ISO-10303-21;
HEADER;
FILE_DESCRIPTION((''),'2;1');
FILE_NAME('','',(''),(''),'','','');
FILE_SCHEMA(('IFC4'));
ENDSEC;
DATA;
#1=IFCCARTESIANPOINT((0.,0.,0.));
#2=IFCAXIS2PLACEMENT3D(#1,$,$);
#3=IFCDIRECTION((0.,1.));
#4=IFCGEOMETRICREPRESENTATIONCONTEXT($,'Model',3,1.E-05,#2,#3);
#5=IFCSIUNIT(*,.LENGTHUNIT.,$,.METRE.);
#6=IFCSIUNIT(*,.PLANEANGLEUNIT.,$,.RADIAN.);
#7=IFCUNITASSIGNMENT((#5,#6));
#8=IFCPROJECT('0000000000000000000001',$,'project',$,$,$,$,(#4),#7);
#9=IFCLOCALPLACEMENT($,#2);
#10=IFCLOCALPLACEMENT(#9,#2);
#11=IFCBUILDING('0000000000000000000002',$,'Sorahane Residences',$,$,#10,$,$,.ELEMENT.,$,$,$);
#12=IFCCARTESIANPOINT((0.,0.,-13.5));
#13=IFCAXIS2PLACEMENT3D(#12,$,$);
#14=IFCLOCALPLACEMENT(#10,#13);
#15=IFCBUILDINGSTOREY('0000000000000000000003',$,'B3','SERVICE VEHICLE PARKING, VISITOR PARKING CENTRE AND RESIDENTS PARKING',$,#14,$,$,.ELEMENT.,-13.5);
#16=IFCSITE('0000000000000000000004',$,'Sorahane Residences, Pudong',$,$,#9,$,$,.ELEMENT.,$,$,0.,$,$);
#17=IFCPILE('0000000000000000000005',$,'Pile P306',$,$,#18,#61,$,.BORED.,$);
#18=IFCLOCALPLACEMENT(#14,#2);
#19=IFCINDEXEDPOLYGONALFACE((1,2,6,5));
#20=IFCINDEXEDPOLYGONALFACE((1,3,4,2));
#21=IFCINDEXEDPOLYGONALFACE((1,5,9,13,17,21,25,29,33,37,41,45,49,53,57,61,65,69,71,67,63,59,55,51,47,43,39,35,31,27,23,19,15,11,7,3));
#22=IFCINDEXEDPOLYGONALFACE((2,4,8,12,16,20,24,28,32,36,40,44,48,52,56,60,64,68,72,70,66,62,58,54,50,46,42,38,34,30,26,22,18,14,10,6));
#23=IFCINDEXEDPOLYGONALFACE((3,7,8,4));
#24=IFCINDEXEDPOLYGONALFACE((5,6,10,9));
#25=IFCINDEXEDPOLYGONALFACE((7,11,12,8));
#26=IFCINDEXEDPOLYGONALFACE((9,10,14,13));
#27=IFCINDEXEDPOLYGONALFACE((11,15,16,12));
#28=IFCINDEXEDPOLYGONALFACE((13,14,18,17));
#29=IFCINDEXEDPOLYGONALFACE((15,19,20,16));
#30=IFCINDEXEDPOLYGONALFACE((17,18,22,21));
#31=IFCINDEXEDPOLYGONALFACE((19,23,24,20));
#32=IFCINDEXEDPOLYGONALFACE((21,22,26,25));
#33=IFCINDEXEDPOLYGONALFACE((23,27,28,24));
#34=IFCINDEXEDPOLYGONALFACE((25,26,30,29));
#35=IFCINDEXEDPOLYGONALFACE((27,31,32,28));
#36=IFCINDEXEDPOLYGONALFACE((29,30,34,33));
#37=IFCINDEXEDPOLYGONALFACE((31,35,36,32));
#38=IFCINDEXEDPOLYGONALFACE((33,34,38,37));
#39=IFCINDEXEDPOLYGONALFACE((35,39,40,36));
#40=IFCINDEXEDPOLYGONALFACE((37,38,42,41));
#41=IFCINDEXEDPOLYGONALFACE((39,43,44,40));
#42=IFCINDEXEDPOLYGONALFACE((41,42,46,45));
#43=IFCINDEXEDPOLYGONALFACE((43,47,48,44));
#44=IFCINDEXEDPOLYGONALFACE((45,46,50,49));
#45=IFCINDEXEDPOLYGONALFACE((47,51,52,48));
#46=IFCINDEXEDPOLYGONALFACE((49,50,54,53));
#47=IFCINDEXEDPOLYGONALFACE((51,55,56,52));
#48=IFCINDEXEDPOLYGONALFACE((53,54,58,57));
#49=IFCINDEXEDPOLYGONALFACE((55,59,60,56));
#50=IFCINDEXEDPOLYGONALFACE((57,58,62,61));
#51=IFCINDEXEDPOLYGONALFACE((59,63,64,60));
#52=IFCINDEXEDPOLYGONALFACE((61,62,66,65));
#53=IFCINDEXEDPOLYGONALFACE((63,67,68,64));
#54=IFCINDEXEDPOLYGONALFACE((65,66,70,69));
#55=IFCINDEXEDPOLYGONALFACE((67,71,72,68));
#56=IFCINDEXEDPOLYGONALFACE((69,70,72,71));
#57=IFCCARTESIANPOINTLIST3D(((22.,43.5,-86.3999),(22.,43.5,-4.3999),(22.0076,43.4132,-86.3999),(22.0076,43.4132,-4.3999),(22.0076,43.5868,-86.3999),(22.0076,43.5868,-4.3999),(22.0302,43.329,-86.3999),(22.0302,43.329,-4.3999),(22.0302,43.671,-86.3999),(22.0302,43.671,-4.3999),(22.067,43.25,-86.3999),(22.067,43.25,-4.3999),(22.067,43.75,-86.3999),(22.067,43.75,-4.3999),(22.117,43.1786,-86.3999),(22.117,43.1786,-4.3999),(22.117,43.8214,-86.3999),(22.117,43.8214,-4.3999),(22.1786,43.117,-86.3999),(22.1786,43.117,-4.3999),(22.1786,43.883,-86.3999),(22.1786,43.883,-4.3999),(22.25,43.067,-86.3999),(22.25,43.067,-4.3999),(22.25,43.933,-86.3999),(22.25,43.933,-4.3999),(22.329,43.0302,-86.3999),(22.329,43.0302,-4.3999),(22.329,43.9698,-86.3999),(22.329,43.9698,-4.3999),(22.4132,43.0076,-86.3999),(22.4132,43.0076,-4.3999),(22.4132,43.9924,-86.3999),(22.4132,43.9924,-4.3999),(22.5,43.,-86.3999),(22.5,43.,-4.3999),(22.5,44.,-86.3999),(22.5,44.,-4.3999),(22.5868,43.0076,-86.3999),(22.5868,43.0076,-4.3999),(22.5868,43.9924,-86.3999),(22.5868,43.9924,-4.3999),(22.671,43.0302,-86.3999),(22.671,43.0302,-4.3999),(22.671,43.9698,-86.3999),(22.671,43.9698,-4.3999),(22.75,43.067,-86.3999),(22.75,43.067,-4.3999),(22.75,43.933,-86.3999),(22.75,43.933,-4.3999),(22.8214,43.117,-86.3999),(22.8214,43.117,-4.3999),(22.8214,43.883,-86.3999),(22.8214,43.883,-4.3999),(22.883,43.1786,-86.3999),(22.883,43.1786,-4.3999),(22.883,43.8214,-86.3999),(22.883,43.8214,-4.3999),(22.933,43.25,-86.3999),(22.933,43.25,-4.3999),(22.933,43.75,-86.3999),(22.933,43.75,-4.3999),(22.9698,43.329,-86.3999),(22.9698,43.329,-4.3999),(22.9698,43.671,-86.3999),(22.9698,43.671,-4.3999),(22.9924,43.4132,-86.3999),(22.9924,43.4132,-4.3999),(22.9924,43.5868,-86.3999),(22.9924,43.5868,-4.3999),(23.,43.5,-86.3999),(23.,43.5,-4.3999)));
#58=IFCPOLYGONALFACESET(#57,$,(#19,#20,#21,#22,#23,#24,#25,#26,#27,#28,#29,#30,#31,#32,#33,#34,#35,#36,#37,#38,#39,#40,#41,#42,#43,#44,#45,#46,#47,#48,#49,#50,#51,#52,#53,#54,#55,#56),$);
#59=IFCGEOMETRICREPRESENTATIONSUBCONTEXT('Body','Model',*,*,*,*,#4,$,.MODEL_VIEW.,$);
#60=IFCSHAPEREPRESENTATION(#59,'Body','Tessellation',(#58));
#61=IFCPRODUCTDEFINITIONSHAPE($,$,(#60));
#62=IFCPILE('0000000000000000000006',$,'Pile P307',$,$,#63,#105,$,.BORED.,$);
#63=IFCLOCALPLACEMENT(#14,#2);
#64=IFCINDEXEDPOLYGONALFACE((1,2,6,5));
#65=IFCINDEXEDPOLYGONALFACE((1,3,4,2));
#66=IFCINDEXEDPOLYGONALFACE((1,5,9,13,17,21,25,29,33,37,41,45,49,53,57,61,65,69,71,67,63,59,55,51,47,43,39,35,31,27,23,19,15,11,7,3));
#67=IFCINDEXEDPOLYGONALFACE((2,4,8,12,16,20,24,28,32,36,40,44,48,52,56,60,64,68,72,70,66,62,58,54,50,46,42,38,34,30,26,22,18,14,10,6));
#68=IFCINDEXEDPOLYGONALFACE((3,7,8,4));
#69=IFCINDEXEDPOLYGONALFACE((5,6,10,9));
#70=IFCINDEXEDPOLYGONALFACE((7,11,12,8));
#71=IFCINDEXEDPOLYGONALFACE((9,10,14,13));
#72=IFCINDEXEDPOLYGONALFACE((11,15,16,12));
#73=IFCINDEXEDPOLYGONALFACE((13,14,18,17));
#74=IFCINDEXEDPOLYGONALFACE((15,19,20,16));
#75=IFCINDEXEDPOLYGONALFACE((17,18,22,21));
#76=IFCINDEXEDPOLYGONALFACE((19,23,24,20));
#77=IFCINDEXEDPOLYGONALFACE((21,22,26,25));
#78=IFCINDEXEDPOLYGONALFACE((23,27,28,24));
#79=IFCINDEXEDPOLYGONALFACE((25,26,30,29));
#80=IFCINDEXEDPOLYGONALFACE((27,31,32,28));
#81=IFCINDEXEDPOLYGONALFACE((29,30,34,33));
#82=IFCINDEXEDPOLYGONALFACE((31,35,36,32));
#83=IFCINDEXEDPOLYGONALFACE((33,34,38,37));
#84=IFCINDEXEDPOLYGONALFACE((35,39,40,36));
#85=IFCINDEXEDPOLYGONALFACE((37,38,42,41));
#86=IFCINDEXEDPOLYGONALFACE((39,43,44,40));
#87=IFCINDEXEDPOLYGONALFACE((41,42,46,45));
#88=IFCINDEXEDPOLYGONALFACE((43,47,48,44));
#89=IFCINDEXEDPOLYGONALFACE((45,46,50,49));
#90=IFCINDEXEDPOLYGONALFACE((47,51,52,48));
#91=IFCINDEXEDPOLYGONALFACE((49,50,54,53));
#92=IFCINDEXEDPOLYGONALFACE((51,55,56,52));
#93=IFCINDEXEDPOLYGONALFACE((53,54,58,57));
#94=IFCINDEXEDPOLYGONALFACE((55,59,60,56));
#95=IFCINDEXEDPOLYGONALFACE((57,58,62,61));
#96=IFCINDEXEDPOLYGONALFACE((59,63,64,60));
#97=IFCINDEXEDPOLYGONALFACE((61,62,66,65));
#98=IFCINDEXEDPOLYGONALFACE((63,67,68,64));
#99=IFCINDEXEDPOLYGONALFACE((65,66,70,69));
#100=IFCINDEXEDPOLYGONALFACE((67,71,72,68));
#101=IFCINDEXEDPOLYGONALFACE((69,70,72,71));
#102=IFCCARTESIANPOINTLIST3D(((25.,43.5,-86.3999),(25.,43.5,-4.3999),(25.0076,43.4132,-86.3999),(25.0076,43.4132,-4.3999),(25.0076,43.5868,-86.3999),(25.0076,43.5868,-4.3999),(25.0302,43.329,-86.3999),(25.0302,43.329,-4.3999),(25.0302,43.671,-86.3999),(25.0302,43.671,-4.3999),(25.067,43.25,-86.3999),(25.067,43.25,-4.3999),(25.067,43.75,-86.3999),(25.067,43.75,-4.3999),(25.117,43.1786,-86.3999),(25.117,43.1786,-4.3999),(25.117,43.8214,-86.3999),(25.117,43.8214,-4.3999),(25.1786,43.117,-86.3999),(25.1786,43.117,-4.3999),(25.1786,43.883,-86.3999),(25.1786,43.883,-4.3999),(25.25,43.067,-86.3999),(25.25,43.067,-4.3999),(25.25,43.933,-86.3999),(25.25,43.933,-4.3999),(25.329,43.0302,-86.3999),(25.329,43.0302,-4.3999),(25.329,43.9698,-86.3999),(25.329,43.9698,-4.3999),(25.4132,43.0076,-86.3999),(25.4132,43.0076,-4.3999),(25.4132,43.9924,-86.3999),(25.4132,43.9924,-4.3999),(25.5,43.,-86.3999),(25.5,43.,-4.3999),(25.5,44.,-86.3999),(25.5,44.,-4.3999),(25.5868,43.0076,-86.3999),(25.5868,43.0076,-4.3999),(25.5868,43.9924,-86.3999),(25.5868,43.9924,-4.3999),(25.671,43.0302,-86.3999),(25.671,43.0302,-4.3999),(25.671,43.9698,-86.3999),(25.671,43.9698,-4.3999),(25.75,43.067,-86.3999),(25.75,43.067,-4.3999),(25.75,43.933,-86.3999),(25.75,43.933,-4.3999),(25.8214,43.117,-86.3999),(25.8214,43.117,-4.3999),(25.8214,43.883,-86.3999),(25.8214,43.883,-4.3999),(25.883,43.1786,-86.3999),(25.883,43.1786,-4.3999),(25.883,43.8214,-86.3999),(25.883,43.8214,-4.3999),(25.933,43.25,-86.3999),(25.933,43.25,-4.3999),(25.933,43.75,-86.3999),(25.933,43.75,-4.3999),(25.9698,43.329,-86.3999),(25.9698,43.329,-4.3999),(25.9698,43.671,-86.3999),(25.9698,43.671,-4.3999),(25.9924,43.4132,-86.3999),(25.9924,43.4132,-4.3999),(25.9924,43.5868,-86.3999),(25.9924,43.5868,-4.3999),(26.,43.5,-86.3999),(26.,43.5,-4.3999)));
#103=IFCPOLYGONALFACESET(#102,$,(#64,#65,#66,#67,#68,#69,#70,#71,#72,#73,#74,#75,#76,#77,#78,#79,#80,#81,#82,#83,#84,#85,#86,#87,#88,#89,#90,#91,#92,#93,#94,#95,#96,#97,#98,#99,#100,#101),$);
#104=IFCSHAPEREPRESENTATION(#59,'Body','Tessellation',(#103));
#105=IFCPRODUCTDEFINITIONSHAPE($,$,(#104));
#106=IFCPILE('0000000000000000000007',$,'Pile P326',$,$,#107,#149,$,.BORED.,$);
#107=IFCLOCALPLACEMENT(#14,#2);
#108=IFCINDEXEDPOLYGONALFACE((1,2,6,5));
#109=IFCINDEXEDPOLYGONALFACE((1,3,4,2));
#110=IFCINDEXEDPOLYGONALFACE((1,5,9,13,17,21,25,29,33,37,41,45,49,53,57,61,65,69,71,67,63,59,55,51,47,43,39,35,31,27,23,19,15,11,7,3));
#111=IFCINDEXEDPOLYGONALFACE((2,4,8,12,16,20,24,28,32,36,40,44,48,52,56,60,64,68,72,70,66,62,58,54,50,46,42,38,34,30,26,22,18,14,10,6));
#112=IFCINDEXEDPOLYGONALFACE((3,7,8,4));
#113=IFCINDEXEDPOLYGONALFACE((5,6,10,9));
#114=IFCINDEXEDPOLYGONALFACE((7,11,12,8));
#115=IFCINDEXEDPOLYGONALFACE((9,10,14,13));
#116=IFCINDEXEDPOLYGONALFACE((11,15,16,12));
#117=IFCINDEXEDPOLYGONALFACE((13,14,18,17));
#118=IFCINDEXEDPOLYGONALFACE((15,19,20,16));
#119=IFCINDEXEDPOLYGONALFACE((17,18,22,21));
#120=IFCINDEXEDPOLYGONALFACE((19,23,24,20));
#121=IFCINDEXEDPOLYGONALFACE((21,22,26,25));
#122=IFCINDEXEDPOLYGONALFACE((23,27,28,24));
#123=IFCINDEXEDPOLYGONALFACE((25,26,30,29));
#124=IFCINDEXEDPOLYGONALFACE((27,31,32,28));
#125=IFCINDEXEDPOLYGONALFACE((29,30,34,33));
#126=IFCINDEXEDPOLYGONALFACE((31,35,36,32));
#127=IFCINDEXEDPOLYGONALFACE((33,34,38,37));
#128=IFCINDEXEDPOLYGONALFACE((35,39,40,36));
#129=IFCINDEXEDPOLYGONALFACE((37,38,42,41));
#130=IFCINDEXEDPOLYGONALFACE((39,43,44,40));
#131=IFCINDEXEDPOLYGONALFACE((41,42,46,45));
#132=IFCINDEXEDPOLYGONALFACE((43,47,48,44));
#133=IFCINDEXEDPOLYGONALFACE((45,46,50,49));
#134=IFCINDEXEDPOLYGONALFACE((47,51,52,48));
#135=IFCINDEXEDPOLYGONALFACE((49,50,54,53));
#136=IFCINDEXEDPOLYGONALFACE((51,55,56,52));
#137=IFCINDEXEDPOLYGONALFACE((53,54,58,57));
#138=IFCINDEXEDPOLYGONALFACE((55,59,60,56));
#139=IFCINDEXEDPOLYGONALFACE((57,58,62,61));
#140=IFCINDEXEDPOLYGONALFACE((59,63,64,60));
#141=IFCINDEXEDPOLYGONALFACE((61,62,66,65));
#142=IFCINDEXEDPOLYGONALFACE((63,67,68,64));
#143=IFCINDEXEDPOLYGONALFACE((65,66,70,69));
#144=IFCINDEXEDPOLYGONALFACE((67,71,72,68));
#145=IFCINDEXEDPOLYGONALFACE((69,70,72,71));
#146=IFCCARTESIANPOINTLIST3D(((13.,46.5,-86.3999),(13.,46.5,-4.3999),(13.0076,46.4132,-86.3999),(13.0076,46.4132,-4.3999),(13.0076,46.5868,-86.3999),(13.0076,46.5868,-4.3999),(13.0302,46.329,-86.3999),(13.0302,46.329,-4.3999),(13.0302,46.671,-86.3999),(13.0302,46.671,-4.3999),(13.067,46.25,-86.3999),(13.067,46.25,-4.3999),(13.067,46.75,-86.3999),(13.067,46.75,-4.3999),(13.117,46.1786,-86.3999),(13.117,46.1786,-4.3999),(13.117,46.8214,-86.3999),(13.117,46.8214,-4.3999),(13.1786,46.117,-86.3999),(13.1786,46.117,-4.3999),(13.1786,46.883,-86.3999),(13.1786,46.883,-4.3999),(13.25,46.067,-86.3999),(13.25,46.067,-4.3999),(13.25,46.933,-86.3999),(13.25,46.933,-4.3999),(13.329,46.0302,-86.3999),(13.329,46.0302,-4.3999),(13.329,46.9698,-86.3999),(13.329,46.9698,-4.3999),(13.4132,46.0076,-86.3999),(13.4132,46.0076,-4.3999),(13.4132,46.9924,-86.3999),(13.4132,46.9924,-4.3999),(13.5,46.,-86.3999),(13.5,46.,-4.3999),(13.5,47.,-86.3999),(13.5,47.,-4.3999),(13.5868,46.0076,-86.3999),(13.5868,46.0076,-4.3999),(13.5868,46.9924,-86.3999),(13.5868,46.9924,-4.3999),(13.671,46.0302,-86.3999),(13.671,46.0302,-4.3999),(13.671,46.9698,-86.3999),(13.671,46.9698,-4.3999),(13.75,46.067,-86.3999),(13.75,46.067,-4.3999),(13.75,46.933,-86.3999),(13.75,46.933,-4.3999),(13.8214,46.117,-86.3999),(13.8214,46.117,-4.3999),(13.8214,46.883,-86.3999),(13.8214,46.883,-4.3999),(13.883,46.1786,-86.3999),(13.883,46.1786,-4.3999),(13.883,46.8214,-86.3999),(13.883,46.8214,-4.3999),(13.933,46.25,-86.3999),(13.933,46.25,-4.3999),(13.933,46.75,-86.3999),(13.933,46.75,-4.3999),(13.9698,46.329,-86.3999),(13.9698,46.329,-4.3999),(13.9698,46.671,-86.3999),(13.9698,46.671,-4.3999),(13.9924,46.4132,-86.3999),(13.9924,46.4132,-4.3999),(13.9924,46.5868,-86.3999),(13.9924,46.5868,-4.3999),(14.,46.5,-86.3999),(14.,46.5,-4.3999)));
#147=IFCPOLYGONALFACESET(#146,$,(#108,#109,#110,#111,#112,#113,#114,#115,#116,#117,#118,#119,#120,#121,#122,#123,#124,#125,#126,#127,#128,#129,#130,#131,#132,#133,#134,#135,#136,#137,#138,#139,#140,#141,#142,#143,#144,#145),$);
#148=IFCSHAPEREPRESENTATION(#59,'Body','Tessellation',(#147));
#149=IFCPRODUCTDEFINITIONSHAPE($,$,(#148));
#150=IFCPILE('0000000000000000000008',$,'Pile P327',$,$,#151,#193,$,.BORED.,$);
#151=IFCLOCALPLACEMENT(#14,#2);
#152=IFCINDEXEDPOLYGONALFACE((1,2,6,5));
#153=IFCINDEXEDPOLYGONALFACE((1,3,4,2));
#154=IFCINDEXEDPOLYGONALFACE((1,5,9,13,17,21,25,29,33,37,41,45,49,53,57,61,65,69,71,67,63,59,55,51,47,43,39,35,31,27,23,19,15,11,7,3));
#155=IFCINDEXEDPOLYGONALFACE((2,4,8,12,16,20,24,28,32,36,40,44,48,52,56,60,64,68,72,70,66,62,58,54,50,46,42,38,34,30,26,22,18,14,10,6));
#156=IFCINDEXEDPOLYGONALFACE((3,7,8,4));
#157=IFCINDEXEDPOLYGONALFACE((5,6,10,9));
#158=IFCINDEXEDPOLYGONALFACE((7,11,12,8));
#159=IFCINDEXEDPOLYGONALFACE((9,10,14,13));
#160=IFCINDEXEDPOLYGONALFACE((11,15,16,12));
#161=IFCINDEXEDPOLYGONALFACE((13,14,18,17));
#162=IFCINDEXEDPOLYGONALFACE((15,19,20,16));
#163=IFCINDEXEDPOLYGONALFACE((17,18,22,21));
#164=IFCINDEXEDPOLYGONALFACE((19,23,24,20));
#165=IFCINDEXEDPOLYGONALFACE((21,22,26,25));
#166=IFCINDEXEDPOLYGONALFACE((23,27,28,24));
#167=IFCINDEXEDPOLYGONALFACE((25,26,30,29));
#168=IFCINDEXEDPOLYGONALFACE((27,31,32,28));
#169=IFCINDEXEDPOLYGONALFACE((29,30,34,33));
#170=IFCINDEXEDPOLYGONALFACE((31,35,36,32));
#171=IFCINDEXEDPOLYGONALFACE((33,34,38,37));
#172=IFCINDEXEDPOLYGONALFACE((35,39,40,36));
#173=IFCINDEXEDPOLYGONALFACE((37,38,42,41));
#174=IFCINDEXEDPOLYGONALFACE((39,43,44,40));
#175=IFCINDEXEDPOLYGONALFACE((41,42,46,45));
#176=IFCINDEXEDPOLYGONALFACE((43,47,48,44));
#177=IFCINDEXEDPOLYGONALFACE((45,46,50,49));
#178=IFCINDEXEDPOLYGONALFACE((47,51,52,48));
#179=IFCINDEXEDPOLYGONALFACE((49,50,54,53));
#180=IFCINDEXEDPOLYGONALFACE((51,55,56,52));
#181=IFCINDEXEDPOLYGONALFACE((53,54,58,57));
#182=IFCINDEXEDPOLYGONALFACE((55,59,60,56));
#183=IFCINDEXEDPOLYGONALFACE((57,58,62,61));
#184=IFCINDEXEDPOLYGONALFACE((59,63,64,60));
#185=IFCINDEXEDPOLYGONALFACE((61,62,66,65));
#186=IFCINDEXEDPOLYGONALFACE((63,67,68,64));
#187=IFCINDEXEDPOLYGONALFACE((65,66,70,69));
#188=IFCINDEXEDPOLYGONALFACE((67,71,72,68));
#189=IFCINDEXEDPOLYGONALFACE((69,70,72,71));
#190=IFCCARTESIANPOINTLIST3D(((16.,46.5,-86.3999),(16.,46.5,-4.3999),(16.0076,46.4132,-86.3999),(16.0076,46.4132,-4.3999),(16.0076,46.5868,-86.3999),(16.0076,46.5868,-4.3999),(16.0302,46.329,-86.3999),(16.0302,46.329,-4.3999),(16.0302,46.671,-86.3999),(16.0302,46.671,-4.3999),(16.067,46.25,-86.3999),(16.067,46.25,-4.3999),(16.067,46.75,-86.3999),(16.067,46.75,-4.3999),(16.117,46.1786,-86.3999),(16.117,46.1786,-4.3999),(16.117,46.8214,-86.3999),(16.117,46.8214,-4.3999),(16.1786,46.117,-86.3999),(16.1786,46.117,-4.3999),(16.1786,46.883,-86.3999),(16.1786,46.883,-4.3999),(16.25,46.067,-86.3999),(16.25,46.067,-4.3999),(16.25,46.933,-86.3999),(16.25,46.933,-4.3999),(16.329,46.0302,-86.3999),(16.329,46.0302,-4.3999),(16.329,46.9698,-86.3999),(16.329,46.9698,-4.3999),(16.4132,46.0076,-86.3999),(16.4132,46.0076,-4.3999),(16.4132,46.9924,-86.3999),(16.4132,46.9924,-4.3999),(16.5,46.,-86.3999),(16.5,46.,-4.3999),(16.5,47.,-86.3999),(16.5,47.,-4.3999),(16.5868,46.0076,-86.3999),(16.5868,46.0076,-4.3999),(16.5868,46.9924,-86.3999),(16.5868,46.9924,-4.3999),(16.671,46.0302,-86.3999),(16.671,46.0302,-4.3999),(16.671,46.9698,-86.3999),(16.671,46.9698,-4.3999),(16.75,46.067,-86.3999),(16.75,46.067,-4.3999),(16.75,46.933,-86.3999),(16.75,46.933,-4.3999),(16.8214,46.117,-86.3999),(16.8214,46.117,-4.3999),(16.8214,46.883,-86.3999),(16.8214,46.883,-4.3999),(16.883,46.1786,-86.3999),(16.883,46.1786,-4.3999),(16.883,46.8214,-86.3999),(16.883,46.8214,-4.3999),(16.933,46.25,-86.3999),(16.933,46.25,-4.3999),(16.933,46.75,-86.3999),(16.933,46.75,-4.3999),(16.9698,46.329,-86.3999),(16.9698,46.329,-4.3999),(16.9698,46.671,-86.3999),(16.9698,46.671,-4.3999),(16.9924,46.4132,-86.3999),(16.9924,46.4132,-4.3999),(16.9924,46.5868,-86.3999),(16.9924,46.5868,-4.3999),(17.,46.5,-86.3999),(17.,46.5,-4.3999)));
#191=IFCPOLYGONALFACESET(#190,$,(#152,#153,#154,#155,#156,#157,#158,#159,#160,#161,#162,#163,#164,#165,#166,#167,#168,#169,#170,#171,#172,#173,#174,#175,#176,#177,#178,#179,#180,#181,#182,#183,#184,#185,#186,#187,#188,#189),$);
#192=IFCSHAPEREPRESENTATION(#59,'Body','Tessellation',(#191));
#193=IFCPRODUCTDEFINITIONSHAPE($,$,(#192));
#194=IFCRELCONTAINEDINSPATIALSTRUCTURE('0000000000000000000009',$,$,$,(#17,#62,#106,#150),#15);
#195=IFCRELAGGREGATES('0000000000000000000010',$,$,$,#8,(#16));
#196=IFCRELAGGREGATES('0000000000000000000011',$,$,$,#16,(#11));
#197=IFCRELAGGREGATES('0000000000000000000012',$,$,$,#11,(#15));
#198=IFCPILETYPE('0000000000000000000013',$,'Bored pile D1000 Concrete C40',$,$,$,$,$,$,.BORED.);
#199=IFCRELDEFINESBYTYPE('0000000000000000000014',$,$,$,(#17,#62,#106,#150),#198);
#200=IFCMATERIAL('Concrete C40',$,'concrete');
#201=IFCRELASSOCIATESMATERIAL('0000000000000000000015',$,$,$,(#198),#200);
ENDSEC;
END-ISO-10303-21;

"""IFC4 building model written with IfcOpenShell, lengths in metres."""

from ifc_helpers import new_model, si_unit, direction, frame, origin, origin_2d, place, context, subcontext, project, spatial, circle, extrude, material, material_profile, profile_set, type_object, element, save


model = new_model("IFC4")

# Units and contexts
model_context = context("Model", 3, precision=1e-05, world=origin(), true_north=direction((0.0, 1.0)))
body_context = subcontext(model_context, "Body", "Model", "MODEL_VIEW")
ifc_project = project(units=[si_unit("LENGTHUNIT", "METRE"), si_unit("PLANEANGLEUNIT", "RADIAN")], contexts=[model_context])

# Site, building, storey
site_placement = place(None, origin())
site = spatial("IfcSite", under=ifc_project, at=site_placement, Name="Sorahane Residences, Pudong", CompositionType="ELEMENT", RefElevation=0.0)
building_placement = place(site_placement, origin())
building = spatial("IfcBuilding", under=site, at=building_placement, Name="Sorahane Residences", CompositionType="ELEMENT")
storey_placement = place(building_placement, frame((0.0, 0.0, -13.5)))
storey = spatial("IfcBuildingStorey", under=building, at=storey_placement, Name="B3", Description="SERVICE VEHICLE PARKING, VISITOR PARKING CENTRE AND RESIDENTS PARKING", CompositionType="ELEMENT", Elevation=-13.5)

# Piles
ifc_material_1 = material(Name="Concrete C40", Category="concrete")
ifc_material_profile_1 = material_profile(ifc_material_1, circle(Radius=0.5, at=origin_2d()), Name="D1000")
ifc_profile_set_1 = profile_set([ifc_material_profile_1], Name="Concrete C40")
pile_type = type_object("IfcPileType", Name="Bored pile D1000 Concrete C40", PredefinedType="BORED", material=ifc_profile_set_1)
for number, where, z_axis, x_axis, name in (
    (1, (22.5, 43.5, -4.3999), (0.0, 0.0, -1.0), (1.0, 0.0, 0.0), "Pile P306"),
    (2, (25.5, 43.5, -4.3999), (0.0, 0.0, -1.0), (1.0, 0.0, 0.0), "Pile P307"),
    (3, (13.5, 46.5, -4.3999), (0.0, 0.0, -1.0), (1.0, 0.0, 0.0), "Pile P326"),
    (4, (16.5, 46.5, -4.3999), (0.0, 0.0, -1.0), (1.0, 0.0, 0.0), "Pile P327"),
):
    element("IfcPile", number, at=place(storey_placement, frame(where, z_axis=z_axis, x_axis=x_axis)), inside=storey, type_object=pile_type, Name=name, PredefinedType="BORED", context=body_context, shape_type="SweptSolid", body=[
        extrude(circle(Radius=0.5, at=origin_2d()), origin(), (0.0, 0.0, 1.0), 82.0),
    ])

save(model, "model.ifc")
